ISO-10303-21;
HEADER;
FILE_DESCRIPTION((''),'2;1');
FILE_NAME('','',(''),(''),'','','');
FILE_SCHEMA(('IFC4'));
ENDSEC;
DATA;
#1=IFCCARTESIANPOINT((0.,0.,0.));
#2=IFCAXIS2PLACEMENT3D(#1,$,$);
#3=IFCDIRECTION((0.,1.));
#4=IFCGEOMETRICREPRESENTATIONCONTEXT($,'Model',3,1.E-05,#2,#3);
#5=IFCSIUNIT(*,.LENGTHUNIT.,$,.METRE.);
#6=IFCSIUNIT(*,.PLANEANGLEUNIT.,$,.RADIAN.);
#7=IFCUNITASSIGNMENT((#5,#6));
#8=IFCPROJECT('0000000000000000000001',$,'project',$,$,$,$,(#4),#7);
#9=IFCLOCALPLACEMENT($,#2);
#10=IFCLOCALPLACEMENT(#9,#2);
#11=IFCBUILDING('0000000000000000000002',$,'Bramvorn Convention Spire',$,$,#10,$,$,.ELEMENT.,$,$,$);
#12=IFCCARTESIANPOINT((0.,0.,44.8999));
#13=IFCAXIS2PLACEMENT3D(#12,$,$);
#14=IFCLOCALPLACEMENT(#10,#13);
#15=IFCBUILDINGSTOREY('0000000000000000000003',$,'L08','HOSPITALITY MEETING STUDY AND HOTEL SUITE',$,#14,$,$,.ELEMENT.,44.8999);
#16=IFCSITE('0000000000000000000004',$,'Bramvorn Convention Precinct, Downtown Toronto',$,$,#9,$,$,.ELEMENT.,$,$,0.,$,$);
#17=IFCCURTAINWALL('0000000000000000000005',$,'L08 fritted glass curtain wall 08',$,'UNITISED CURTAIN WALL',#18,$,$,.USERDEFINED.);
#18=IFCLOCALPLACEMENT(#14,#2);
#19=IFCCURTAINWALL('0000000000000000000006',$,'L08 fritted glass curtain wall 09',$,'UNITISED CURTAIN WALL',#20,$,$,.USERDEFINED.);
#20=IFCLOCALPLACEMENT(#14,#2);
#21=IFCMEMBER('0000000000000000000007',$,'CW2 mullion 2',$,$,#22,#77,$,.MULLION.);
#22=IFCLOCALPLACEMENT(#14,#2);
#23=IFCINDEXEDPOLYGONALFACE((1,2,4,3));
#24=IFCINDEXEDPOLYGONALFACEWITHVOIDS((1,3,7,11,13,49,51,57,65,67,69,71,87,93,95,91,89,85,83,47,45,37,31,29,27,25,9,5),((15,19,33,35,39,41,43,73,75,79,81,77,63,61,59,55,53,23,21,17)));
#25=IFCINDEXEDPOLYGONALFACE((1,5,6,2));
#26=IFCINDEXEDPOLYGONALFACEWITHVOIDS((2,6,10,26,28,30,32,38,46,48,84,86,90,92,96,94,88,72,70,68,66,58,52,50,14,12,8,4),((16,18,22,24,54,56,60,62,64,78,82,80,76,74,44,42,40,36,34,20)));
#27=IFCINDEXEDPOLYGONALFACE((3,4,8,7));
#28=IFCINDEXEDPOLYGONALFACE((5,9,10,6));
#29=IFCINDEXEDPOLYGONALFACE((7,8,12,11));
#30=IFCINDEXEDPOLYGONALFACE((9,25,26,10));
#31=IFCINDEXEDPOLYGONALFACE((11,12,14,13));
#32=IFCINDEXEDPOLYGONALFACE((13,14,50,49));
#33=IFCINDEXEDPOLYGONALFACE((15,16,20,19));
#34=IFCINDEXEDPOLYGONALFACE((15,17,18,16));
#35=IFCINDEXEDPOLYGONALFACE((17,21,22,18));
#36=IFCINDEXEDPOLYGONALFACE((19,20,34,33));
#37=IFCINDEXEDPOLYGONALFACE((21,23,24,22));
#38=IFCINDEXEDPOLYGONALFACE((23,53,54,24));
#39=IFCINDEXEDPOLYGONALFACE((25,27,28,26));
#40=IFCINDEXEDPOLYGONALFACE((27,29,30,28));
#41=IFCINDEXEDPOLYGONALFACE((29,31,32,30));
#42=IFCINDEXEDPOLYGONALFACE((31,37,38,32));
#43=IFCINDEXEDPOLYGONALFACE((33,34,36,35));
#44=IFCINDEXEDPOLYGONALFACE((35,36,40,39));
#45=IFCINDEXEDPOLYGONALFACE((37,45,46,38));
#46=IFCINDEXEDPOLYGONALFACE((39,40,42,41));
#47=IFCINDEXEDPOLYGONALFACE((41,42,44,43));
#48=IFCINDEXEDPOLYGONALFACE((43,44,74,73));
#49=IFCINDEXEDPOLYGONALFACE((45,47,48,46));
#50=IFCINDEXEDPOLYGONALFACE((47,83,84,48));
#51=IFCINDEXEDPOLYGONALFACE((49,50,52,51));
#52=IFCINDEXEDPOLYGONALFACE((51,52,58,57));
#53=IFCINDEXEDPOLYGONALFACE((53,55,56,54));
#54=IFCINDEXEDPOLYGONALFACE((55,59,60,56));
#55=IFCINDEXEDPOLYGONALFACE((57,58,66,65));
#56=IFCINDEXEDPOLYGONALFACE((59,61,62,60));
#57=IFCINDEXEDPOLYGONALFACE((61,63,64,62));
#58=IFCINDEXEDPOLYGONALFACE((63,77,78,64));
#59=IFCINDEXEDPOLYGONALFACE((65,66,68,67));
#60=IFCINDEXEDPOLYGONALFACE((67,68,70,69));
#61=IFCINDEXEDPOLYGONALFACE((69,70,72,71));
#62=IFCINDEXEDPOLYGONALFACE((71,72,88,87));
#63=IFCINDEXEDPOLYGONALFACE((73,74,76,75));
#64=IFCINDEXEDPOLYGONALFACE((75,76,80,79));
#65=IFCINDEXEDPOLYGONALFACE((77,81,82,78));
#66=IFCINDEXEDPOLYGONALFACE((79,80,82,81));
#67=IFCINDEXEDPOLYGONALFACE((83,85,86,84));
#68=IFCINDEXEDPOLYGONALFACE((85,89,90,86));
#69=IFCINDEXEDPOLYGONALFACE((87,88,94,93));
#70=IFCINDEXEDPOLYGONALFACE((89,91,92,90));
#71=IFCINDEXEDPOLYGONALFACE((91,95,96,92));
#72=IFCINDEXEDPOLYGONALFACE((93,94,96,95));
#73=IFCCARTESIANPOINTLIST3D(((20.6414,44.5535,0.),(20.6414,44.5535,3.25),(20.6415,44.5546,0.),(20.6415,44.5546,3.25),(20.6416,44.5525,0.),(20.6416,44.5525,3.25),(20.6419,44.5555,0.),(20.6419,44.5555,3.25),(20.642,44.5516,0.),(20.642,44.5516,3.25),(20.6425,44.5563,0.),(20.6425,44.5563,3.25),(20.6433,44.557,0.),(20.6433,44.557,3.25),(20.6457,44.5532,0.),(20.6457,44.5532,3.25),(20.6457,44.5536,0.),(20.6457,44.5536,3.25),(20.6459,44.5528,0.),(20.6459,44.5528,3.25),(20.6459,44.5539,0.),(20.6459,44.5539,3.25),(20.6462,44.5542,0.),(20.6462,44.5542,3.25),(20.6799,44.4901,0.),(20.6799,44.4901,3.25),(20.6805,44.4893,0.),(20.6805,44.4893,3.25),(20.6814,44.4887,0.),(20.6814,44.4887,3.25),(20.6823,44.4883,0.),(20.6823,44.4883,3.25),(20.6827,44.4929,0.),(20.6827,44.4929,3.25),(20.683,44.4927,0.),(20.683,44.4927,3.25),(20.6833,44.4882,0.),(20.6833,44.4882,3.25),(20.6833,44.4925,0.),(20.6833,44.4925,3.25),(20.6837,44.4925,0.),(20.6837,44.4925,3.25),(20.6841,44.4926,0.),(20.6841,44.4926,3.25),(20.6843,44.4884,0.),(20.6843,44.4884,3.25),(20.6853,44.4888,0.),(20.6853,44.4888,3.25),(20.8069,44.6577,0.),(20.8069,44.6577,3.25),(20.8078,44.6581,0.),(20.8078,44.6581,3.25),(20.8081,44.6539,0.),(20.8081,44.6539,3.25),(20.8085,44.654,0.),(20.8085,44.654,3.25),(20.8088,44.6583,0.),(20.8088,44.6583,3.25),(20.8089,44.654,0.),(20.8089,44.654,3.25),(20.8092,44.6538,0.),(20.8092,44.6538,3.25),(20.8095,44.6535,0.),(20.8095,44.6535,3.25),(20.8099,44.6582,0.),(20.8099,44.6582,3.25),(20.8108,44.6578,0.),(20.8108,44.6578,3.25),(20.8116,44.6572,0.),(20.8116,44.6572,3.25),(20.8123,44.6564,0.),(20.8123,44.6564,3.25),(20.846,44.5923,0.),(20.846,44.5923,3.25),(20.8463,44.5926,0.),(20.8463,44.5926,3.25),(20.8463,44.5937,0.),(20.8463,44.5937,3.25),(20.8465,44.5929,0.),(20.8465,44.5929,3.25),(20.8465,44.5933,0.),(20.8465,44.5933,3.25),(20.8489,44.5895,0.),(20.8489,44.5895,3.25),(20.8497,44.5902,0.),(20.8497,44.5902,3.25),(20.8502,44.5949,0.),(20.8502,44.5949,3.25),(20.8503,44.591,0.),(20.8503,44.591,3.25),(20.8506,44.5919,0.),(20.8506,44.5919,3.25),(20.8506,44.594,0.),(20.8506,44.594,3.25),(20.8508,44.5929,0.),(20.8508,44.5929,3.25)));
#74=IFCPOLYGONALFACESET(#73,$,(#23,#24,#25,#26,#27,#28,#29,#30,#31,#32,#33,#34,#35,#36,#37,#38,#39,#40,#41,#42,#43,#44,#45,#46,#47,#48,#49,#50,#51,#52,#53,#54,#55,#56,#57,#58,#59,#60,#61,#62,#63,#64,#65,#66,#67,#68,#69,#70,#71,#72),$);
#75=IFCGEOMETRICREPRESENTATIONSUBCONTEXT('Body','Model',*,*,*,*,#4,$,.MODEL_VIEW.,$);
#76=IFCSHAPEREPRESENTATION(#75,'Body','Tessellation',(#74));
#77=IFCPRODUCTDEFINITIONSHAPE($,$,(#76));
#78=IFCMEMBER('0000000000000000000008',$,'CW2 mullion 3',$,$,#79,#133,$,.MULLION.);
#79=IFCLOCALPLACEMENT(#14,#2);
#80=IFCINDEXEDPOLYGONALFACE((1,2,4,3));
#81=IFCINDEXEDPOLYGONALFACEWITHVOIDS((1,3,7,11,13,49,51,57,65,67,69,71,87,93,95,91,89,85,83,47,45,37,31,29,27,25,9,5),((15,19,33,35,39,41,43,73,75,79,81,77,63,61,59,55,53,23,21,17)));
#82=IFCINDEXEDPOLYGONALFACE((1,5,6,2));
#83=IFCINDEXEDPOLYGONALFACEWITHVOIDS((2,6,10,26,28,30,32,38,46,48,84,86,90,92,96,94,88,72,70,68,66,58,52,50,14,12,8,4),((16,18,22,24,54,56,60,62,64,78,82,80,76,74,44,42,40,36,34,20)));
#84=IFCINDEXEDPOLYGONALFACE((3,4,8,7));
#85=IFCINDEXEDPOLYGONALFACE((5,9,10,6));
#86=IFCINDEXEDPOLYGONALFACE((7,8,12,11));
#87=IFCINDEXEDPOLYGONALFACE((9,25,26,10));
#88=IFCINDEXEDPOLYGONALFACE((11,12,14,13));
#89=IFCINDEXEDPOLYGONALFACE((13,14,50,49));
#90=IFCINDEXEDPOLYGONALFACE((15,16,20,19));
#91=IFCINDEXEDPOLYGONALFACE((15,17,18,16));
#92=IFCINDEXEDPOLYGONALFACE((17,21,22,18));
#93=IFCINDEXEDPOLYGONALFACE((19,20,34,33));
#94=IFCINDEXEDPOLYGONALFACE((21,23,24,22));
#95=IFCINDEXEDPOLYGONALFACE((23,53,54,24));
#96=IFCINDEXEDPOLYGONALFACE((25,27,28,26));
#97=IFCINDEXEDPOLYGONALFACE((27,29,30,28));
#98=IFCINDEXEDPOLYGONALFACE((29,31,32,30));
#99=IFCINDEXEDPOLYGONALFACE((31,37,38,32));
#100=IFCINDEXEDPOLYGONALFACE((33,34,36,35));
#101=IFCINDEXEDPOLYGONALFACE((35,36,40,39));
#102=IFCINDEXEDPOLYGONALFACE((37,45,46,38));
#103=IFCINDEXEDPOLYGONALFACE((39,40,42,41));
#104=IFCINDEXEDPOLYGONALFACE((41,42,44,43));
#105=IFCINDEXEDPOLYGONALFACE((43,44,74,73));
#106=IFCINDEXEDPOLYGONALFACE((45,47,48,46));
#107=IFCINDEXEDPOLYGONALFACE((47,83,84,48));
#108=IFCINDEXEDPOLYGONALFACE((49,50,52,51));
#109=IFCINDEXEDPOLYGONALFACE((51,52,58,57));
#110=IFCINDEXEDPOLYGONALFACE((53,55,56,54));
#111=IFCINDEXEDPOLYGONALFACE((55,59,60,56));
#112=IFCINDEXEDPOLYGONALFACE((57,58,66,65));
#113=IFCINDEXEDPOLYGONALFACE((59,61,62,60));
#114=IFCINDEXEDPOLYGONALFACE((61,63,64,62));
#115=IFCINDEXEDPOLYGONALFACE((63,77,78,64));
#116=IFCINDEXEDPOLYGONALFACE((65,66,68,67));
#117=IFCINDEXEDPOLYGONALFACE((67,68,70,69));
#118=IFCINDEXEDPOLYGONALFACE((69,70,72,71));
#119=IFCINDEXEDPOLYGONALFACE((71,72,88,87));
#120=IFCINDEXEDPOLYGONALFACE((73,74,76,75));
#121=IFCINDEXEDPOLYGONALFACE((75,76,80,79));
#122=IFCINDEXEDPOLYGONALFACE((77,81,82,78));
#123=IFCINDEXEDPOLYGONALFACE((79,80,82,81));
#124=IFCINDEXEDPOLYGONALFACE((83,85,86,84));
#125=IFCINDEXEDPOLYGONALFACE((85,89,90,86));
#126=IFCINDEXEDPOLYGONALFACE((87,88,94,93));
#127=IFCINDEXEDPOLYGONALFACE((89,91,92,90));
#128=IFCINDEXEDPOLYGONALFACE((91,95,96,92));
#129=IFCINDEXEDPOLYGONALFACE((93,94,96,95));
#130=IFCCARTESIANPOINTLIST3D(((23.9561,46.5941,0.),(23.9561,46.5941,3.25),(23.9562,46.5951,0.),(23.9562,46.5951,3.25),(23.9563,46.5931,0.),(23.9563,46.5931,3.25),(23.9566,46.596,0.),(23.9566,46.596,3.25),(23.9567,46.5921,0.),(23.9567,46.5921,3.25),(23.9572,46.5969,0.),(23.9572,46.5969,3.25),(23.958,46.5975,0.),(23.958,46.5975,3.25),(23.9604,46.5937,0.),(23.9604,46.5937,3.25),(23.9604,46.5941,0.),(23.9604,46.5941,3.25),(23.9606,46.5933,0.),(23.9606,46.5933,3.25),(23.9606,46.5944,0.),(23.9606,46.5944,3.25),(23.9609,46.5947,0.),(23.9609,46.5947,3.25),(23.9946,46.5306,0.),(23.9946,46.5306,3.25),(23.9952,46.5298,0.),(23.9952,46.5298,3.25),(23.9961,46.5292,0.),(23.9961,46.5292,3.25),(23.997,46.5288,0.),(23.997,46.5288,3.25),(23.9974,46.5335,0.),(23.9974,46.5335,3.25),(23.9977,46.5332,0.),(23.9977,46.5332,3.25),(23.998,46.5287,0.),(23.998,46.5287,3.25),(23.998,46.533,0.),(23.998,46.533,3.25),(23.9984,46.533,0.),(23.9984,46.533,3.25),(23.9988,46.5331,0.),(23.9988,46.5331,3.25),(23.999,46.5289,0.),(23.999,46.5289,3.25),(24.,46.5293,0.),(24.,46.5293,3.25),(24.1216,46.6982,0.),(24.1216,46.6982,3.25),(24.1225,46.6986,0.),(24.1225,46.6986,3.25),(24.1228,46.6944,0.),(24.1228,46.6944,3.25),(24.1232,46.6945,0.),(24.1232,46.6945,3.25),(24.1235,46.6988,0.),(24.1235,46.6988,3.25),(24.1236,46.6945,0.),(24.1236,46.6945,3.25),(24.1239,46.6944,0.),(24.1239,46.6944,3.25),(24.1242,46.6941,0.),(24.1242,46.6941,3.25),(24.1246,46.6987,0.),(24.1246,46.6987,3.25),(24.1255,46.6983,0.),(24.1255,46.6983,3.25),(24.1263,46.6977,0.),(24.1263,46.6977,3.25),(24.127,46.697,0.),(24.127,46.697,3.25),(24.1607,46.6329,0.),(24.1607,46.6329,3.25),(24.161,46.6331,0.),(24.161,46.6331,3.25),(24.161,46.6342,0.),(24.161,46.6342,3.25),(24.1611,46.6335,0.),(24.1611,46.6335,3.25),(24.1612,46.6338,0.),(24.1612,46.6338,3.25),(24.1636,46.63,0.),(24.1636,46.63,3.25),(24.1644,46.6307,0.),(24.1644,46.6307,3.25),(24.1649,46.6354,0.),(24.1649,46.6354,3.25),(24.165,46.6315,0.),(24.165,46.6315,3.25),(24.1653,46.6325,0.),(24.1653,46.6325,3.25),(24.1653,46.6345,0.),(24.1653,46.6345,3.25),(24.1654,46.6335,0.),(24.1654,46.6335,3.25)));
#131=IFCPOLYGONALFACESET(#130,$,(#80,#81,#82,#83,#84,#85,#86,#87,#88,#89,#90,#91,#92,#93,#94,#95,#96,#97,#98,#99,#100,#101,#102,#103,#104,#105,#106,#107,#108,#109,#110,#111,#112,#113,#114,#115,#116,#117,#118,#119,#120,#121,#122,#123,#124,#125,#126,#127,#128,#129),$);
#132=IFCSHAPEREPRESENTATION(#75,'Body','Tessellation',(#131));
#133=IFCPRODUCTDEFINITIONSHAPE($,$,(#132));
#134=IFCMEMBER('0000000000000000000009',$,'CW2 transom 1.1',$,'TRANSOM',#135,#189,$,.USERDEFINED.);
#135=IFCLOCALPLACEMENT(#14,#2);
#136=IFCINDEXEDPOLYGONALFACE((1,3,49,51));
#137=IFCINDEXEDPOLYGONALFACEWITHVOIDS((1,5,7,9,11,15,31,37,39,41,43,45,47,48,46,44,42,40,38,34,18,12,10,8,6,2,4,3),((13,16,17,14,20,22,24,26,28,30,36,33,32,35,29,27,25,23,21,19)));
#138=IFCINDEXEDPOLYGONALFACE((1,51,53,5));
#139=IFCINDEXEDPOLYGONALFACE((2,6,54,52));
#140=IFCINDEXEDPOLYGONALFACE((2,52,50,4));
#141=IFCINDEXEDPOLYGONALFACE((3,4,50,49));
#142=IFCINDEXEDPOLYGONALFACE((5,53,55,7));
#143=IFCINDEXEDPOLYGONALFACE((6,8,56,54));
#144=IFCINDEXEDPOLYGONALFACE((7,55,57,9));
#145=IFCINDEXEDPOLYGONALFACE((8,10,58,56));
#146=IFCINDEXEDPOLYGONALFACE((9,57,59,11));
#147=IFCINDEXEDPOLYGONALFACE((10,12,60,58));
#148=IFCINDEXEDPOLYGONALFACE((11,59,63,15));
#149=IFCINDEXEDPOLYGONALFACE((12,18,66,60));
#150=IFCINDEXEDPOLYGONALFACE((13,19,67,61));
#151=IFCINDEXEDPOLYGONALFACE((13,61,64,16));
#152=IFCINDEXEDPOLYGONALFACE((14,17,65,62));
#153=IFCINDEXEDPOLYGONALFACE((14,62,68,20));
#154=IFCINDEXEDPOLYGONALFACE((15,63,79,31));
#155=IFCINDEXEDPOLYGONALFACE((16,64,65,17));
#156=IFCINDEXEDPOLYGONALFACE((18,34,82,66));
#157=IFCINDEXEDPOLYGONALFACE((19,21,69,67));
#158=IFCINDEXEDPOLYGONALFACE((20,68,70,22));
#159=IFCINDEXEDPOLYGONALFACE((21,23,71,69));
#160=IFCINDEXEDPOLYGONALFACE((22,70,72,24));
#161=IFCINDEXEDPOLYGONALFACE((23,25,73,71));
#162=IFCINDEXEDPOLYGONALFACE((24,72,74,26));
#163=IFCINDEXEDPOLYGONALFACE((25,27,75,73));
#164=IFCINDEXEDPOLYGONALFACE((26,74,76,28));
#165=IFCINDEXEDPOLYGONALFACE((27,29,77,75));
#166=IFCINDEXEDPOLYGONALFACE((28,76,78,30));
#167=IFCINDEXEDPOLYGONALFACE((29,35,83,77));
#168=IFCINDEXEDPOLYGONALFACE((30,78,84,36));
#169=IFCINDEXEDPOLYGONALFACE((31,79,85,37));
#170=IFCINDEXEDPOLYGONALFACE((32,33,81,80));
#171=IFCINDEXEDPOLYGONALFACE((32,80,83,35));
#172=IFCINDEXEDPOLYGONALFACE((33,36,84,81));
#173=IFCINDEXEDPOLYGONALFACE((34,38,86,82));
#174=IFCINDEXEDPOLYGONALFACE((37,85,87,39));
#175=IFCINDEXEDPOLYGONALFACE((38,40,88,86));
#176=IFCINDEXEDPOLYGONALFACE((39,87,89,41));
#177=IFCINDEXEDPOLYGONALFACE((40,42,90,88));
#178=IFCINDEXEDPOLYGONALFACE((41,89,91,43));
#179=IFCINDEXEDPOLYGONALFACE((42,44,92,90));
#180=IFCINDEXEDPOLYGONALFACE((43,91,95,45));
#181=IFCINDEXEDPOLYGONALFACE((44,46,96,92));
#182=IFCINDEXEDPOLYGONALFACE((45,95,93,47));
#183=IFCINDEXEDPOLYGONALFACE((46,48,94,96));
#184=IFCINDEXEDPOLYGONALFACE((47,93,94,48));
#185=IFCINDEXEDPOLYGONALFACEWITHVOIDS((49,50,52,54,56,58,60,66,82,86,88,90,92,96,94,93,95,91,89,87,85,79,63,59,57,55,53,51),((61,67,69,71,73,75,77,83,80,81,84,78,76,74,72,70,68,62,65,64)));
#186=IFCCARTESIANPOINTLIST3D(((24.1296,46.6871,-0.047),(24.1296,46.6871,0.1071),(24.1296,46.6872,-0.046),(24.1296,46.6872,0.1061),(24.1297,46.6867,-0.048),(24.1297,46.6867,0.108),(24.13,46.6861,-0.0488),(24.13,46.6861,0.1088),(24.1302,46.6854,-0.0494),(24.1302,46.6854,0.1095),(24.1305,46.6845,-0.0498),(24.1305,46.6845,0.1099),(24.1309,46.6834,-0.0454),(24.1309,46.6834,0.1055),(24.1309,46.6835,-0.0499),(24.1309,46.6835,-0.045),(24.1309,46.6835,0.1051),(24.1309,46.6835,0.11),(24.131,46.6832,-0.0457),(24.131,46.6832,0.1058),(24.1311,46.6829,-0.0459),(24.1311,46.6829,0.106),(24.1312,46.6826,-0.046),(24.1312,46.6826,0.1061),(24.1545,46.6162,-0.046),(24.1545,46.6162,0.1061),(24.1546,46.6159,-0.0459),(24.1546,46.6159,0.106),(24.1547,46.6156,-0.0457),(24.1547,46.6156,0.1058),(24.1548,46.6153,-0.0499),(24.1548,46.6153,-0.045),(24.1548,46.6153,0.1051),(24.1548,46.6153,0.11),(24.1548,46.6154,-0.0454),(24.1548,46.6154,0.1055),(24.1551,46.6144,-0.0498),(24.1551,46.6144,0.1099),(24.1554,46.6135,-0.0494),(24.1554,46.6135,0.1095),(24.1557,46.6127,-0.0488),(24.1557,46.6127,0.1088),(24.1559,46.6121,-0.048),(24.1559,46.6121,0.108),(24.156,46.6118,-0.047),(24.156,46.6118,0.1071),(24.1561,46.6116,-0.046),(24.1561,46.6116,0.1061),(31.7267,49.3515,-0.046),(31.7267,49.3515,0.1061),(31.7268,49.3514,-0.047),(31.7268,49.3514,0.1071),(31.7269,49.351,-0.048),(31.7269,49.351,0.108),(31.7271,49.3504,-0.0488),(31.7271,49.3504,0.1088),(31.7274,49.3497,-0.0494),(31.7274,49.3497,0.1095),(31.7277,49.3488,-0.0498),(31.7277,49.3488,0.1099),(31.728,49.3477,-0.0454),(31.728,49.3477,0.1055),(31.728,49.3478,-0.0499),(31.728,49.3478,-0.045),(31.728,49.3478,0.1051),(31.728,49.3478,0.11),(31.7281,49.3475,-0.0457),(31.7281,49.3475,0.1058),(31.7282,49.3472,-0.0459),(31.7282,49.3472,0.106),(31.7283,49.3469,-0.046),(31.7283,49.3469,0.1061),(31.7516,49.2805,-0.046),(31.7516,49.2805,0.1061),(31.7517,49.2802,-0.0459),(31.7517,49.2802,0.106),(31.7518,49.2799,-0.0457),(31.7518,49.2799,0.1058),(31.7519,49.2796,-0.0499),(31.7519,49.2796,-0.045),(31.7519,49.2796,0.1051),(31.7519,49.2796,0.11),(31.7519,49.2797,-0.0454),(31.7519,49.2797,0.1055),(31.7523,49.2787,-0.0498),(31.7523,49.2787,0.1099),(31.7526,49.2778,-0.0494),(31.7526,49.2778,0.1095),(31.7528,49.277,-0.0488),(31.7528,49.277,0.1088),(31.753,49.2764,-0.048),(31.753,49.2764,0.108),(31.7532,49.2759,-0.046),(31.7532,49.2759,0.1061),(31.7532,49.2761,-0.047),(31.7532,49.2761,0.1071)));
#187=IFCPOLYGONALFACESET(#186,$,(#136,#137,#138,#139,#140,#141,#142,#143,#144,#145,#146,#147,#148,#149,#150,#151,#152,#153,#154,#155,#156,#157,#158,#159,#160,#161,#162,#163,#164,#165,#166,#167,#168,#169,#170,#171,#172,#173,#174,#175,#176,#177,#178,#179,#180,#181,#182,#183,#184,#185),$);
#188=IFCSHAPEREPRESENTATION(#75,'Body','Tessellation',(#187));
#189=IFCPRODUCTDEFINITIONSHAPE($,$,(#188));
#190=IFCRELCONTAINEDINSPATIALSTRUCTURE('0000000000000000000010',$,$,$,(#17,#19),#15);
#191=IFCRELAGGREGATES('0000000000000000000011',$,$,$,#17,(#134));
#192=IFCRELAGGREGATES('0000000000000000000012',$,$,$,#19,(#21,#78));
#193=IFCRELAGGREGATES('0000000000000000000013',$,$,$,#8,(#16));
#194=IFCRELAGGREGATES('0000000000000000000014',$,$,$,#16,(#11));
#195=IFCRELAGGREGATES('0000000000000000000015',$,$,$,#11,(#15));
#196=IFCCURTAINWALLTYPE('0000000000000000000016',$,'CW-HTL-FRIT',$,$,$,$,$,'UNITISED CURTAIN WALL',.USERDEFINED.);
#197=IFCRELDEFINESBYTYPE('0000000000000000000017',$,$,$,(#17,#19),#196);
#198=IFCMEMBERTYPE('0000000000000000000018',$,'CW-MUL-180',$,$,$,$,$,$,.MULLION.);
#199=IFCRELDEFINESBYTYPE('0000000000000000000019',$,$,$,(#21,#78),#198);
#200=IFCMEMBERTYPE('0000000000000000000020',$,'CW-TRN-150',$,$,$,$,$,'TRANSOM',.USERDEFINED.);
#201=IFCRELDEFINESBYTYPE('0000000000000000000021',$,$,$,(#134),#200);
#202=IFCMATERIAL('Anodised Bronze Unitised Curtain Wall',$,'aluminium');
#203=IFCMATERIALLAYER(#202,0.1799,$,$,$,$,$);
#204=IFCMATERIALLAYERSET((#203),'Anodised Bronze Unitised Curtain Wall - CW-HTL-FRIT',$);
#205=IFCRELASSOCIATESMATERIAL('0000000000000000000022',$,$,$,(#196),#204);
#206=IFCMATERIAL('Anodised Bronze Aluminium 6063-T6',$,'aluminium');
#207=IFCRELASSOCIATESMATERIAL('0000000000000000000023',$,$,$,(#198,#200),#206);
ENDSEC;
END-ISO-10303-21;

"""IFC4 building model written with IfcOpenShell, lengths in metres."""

from ifc_helpers import new_model, si_unit, direction, frame, origin, origin_2d, place, context, subcontext, project, spatial, hollow_rectangle, extrude, material, layer, layer_set, material_profile, profile_set, type_object, element, aggregate, save


model = new_model("IFC4")

# Units and contexts
model_context = context("Model", 3, precision=1e-05, world=origin(), true_north=direction((0.0, 1.0)))
body_context = subcontext(model_context, "Body", "Model", "MODEL_VIEW")
ifc_project = project(units=[si_unit("LENGTHUNIT", "METRE"), si_unit("PLANEANGLEUNIT", "RADIAN")], contexts=[model_context])

# Site, building, storey
site_placement = place(None, origin())
site = spatial("IfcSite", under=ifc_project, at=site_placement, Name="Bramvorn Convention Precinct, Downtown Toronto", CompositionType="ELEMENT", RefElevation=0.0)
building_placement = place(site_placement, origin())
building = spatial("IfcBuilding", under=site, at=building_placement, Name="Bramvorn Convention Spire", CompositionType="ELEMENT")
storey_placement = place(building_placement, frame((0.0, 0.0, 44.8999)))
storey = spatial("IfcBuildingStorey", under=building, at=storey_placement, Name="L08", Description="HOSPITALITY MEETING STUDY AND HOTEL SUITE", CompositionType="ELEMENT", Elevation=44.8999)

# Curtain wall
ifc_material_1 = material(Name="Anodised Bronze Unitised Curtain Wall", Category="aluminium")
ifc_layer_1 = layer(ifc_material_1, 0.1799)
ifc_layer_set_1 = layer_set([ifc_layer_1], Name="Anodised Bronze Unitised Curtain Wall - CW-HTL-FRIT")
curtain_wall_type = type_object("IfcCurtainWallType", Name="CW-HTL-FRIT", ElementType="UNITISED CURTAIN WALL", PredefinedType="USERDEFINED", material=ifc_layer_set_1)
curtain_wall_1_placement = place(storey_placement, origin())
curtain_wall_1 = element("IfcCurtainWall", 1, at=curtain_wall_1_placement, inside=storey, type_object=curtain_wall_type, Name="L08 fritted glass curtain wall 08", ObjectType="UNITISED CURTAIN WALL", PredefinedType="USERDEFINED")
ifc_material_2 = material(Name="Anodised Bronze Aluminium 6063-T6", Category="aluminium")
ifc_material_profile_1 = material_profile(ifc_material_2, hollow_rectangle(XDim=0.0801, YDim=0.2, WallThickness=0.0039, InnerFilletRadius=0.001, OuterFilletRadius=0.0039, at=origin_2d()))
ifc_profile_set_1 = profile_set([ifc_material_profile_1], Name="Anodised Bronze Aluminium 6063-T6 - CWM80X200")
member_type_1 = type_object("IfcMemberType", Name="CW-MUL-180", PredefinedType="MULLION", material=ifc_profile_set_1)

# Curtain wall, members
curtain_wall_2_placement = place(storey_placement, origin())
curtain_wall_2 = element("IfcCurtainWall", 2, at=curtain_wall_2_placement, inside=storey, type_object=curtain_wall_type, Name="L08 fritted glass curtain wall 09", ObjectType="UNITISED CURTAIN WALL", PredefinedType="USERDEFINED")
member_1_placement = place(storey_placement, frame((20.7461, 44.5732, 0.0), z_axis=(0.0, 0.0, 1.0), x_axis=(-0.524253, 0.851562, 0.0)))
member_1 = element("IfcMember", 3, at=member_1_placement, type_object=member_type_1, Name="CW2 mullion 2", PredefinedType="MULLION", context=body_context, shape_type="SweptSolid", body=[
    extrude(hollow_rectangle(XDim=0.0801, YDim=0.2, WallThickness=0.0039, InnerFilletRadius=0.001, OuterFilletRadius=0.0039, at=origin_2d()), origin(), (0.0, 0.0, 1.0), 3.25),
])
member_2_placement = place(storey_placement, frame((24.0608, 46.6138, 0.0), z_axis=(0.0, 0.0, 1.0), x_axis=(-0.524253, 0.851562, 0.0)))
member_2 = element("IfcMember", 4, at=member_2_placement, type_object=member_type_1, Name="CW2 mullion 3", PredefinedType="MULLION", context=body_context, shape_type="SweptSolid", body=[
    extrude(hollow_rectangle(XDim=0.0801, YDim=0.2, WallThickness=0.0039, InnerFilletRadius=0.001, OuterFilletRadius=0.0039, at=origin_2d()), origin(), (0.0, 0.0, 1.0), 3.25),
])

# Member
ifc_material_profile_2 = material_profile(ifc_material_2, hollow_rectangle(XDim=0.0801, YDim=0.1599, WallThickness=0.0039, InnerFilletRadius=0.001, OuterFilletRadius=0.0039, at=origin_2d()))
ifc_profile_set_2 = profile_set([ifc_material_profile_2], Name="Anodised Bronze Aluminium 6063-T6 - CWT80X160")
member_type_2 = type_object("IfcMemberType", Name="CW-TRN-150", ElementType="TRANSOM", PredefinedType="USERDEFINED", material=ifc_profile_set_2)
member_3_placement = place(storey_placement, frame((24.1428, 46.6494, 0.03), z_axis=(0.943653, 0.330937, 0.0), x_axis=(-0.330937, 0.943653, 0.0)))
member_3 = element("IfcMember", 5, at=member_3_placement, type_object=member_type_2, Name="CW2 transom 1.1", ObjectType="TRANSOM", PredefinedType="USERDEFINED", context=body_context, shape_type="SweptSolid", body=[
    extrude(hollow_rectangle(XDim=0.0801, YDim=0.1599, WallThickness=0.0039, InnerFilletRadius=0.001, OuterFilletRadius=0.0039, at=origin_2d()), origin(), (0.0, 0.0, 1.0), 8.0508),
])
aggregate(curtain_wall_1, [member_3])

aggregate(curtain_wall_2, [member_1, member_2])

save(model, "model.ifc")
